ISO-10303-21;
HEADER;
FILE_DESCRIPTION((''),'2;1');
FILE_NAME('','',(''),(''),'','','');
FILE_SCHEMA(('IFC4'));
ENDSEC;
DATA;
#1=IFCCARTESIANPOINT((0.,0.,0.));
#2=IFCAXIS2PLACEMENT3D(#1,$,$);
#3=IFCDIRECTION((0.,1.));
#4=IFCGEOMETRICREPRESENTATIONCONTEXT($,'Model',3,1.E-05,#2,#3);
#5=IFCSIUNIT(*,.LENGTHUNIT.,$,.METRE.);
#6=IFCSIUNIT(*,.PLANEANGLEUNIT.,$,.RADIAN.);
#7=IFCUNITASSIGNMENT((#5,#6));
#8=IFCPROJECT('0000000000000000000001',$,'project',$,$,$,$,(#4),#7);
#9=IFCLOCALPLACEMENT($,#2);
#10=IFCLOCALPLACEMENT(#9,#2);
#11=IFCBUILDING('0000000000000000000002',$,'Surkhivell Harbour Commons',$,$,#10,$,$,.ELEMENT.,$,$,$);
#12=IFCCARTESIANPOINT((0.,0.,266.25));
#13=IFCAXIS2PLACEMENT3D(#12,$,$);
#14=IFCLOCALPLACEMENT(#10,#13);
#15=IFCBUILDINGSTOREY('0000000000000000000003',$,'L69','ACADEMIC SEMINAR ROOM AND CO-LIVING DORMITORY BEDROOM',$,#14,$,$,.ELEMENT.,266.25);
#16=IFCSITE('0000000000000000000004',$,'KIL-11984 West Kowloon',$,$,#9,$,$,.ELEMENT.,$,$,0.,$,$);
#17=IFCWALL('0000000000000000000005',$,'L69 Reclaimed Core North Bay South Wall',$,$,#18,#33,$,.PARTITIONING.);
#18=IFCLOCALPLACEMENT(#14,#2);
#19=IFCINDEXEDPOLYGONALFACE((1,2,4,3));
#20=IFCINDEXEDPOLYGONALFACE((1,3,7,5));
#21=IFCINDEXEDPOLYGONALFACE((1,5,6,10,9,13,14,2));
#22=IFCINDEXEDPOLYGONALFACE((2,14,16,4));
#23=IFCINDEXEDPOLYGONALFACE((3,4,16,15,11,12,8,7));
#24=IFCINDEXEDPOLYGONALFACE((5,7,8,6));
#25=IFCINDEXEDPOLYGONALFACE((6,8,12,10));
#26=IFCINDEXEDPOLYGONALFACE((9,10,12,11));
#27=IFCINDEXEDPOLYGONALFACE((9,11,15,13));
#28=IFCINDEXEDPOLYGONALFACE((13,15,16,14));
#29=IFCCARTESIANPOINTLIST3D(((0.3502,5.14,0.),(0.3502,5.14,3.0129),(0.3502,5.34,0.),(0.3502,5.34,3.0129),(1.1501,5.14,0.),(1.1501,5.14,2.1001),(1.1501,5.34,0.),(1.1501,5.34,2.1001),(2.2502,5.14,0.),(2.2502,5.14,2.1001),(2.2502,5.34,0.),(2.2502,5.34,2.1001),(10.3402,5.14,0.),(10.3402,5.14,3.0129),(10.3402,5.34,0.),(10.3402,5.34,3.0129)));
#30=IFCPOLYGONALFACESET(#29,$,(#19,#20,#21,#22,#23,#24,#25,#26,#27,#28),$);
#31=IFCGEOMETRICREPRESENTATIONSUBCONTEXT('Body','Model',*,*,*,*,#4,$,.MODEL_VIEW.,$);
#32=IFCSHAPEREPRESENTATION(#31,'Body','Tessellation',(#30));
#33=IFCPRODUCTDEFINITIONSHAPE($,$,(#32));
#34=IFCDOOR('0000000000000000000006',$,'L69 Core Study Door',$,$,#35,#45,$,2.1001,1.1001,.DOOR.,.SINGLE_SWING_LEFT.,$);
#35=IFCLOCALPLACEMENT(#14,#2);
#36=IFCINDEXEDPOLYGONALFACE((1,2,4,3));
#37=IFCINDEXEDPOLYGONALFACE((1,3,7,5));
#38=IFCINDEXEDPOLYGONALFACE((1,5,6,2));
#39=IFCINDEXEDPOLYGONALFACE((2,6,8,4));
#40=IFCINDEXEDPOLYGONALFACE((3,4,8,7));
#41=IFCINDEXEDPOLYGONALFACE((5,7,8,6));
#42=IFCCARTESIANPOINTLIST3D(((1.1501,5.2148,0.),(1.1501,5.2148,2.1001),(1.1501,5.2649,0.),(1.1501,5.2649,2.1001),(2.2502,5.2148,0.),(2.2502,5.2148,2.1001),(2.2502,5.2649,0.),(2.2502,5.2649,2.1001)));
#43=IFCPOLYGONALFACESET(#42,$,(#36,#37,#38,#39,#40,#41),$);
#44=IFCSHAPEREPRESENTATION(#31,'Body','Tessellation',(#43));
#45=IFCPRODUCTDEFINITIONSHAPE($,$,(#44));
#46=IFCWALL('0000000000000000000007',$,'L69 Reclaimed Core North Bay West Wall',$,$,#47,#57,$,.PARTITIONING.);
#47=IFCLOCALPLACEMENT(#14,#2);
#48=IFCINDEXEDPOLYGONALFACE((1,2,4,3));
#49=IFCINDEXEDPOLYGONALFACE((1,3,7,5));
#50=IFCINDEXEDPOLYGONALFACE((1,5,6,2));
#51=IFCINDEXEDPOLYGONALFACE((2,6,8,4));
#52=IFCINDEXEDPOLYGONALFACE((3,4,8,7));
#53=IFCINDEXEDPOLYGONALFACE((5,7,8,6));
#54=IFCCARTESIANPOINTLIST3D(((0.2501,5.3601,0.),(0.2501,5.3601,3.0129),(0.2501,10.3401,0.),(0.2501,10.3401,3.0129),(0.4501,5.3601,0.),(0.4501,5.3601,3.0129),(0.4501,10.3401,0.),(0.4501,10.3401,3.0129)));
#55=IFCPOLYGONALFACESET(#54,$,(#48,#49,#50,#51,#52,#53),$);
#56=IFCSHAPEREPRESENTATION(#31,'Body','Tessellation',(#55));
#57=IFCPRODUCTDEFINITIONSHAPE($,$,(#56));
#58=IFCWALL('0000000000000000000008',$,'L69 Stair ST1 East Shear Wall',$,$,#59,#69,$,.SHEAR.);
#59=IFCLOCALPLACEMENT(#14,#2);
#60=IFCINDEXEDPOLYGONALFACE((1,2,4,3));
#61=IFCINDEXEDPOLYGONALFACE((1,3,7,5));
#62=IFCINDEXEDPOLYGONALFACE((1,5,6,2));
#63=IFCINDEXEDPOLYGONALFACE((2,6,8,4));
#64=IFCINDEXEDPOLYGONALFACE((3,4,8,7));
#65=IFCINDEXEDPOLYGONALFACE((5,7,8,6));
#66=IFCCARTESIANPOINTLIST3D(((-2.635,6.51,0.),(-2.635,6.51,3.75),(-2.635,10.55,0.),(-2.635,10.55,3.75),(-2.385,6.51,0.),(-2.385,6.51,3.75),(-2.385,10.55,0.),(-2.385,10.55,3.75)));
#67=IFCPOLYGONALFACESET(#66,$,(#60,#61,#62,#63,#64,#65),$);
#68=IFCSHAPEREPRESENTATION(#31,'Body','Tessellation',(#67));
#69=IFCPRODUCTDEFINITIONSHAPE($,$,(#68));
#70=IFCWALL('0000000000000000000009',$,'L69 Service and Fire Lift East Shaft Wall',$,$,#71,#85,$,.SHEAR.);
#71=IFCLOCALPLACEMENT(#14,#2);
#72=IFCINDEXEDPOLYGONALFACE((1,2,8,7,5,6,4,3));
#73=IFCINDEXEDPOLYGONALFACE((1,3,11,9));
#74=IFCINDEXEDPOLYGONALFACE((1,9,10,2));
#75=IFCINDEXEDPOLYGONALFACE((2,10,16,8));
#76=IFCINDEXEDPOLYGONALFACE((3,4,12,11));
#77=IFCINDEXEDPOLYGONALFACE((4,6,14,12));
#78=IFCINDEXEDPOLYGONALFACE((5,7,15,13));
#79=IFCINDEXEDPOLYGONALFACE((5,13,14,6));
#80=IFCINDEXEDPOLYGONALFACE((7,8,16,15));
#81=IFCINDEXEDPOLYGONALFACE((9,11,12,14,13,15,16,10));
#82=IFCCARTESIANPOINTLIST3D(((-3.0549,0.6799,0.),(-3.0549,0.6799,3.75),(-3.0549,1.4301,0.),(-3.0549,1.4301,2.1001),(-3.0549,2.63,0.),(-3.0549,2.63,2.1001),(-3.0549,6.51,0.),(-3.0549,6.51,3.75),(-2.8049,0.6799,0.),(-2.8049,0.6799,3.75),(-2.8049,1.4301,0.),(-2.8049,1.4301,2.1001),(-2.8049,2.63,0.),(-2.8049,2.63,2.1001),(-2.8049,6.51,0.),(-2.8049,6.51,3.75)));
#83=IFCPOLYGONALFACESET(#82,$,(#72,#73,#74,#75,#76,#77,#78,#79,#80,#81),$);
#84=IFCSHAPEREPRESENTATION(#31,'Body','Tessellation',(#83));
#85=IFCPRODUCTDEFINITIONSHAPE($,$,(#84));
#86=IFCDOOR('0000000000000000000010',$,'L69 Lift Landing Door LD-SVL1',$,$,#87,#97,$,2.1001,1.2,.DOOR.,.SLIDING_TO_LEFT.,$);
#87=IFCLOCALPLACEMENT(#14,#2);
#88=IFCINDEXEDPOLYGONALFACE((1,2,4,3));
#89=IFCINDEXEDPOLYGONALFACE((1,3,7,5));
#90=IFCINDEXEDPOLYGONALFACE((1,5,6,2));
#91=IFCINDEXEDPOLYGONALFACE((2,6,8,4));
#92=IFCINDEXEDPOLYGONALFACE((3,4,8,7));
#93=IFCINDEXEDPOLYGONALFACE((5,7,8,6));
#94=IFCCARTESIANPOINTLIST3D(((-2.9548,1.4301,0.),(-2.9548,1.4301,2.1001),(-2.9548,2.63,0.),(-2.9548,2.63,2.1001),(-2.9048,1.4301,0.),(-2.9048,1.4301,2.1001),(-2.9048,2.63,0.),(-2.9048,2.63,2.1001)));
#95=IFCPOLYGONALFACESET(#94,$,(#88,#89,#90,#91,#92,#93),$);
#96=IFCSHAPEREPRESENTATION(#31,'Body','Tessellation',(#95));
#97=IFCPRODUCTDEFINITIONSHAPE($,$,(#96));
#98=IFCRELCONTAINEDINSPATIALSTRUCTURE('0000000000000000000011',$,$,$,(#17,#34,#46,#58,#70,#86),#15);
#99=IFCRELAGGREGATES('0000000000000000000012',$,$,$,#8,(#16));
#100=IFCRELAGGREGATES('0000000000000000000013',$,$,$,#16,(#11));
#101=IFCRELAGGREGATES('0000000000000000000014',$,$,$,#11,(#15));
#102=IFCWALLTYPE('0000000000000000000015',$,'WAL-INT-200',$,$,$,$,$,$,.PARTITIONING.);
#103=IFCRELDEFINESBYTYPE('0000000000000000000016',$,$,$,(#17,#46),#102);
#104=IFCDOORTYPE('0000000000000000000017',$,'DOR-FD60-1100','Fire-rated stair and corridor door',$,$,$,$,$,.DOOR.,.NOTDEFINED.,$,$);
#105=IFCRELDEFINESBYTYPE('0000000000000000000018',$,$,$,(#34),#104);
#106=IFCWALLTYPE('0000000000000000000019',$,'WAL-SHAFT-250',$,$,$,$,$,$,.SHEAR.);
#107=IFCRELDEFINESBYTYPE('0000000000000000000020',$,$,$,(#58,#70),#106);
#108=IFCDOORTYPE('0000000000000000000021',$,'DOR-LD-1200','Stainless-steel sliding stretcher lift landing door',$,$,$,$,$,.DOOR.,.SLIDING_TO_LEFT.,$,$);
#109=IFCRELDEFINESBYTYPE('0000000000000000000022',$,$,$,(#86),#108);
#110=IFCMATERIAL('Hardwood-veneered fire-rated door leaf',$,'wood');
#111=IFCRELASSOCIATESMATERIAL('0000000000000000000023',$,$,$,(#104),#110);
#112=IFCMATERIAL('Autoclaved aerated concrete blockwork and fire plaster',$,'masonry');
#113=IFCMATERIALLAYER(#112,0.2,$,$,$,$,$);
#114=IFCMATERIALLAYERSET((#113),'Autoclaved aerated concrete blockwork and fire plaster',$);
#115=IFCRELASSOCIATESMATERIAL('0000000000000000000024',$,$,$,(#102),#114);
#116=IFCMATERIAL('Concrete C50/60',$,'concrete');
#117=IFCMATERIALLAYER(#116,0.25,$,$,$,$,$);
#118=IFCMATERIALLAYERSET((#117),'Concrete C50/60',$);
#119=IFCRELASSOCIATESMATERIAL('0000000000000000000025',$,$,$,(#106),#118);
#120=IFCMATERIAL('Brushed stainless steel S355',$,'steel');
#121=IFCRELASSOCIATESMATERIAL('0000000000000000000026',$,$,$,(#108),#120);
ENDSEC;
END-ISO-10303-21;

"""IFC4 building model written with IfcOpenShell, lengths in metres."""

from ifc_helpers import new_model, si_unit, direction, frame, frame_2d, origin, place, context, subcontext, project, spatial, rectangle, extrude, material, layer, layer_set, type_object, element, fill, save


model = new_model("IFC4")

# Units and contexts
model_context = context("Model", 3, precision=1e-05, world=origin(), true_north=direction((0.0, 1.0)))
body_context = subcontext(model_context, "Body", "Model", "MODEL_VIEW")
ifc_project = project(units=[si_unit("LENGTHUNIT", "METRE"), si_unit("PLANEANGLEUNIT", "RADIAN")], contexts=[model_context])

# Site, building, storey
site_placement = place(None, origin())
site = spatial("IfcSite", under=ifc_project, at=site_placement, Name="KIL-11984 West Kowloon", CompositionType="ELEMENT", RefElevation=0.0)
building_placement = place(site_placement, origin())
building = spatial("IfcBuilding", under=site, at=building_placement, Name="Surkhivell Harbour Commons", CompositionType="ELEMENT")
storey_placement = place(building_placement, frame((0.0, 0.0, 266.25)))
storey = spatial("IfcBuildingStorey", under=building, at=storey_placement, Name="L69", Description="ACADEMIC SEMINAR ROOM AND CO-LIVING DORMITORY BEDROOM", CompositionType="ELEMENT", Elevation=266.25)

# Shared definitions
ifc_material_1 = material(Name="Concrete C50/60", Category="concrete")
ifc_material_2 = material(Name="Hardwood-veneered fire-rated door leaf", Category="wood")
door_type_1 = type_object("IfcDoorType", Name="DOR-FD60-1100", Description="Fire-rated stair and corridor door", OperationType="NOTDEFINED", PredefinedType="DOOR", material=ifc_material_2)

# Wall, opening, door
ifc_material_3 = material(Name="Autoclaved aerated concrete blockwork and fire plaster", Category="masonry")
ifc_layer_1 = layer(ifc_material_3, 0.2)
ifc_layer_set_1 = layer_set([ifc_layer_1], Name="Autoclaved aerated concrete blockwork and fire plaster")
wall_type_1 = type_object("IfcWallType", Name="WAL-INT-200", PredefinedType="PARTITIONING", material=ifc_layer_set_1)
wall_1_placement = place(storey_placement, frame((0.3501, 5.24, 0.0), z_axis=(0.0, 0.0, 1.0), x_axis=(1.0, 0.0, 0.0)))
wall_1 = element("IfcWall", 1, at=wall_1_placement, inside=storey, type_object=wall_type_1, Name="L69 Reclaimed Core North Bay South Wall", PredefinedType="PARTITIONING", context=body_context, shape_type="SweptSolid", body=[
    extrude(rectangle(XDim=9.99, YDim=0.2, at=frame_2d((4.9951, 0.0))), origin(), (0.0, 0.0, 1.0), 3.0129),
])
opening_1_placement = place(wall_1_placement, frame((0.8, 0.0, 0.0)))
opening_1 = element("IfcOpeningElement", 2, at=opening_1_placement, cuts=wall_1, PredefinedType="OPENING", context=body_context, shape_type="SweptSolid", body=[
    extrude(rectangle(XDim=1.1001, YDim=2.1001, at=frame_2d((0.55, 1.05))), frame((0.0, 0.1099, 0.0), z_axis=(0.0, -1.0, 0.0), x_axis=(1.0, 0.0, 0.0)), (0.0, 0.0, 1.0), 0.22),
])
door_1_placement = place(opening_1_placement, origin())
door_1 = element("IfcDoor", 3, at=door_1_placement, inside=storey, type_object=door_type_1, Name="L69 Core Study Door", OperationType="SINGLE_SWING_LEFT", OverallHeight=2.1001, OverallWidth=1.1001, PredefinedType="DOOR", context=body_context, shape_type="SweptSolid", body=[
    extrude(rectangle(XDim=1.1001, YDim=2.1001, at=frame_2d((0.55, 1.05))), frame((0.0, 0.0249, 0.0), z_axis=(0.0, -1.0, 0.0), x_axis=(1.0, 0.0, 0.0)), (0.0, 0.0, 1.0), 0.05),
])
fill(opening_1, door_1)

# Walls
wall_2_placement = place(storey_placement, frame((0.3501, 5.3601, 0.0), z_axis=(0.0, 0.0, 1.0), x_axis=(0.0, 1.0, 0.0)))
element("IfcWall", 4, at=wall_2_placement, inside=storey, type_object=wall_type_1, Name="L69 Reclaimed Core North Bay West Wall", PredefinedType="PARTITIONING", context=body_context, shape_type="SweptSolid", body=[
    extrude(rectangle(XDim=4.98, YDim=0.2, at=frame_2d((2.49, 0.0))), origin(), (0.0, 0.0, 1.0), 3.0129),
])
ifc_layer_2 = layer(ifc_material_1, 0.25)
ifc_layer_set_2 = layer_set([ifc_layer_2], Name="Concrete C50/60")
wall_type_2 = type_object("IfcWallType", Name="WAL-SHAFT-250", PredefinedType="SHEAR", material=ifc_layer_set_2)
wall_3_placement = place(storey_placement, frame((-2.51, 6.51, 0.0), z_axis=(0.0, 0.0, 1.0), x_axis=(0.0, 1.0, 0.0)))
element("IfcWall", 5, at=wall_3_placement, inside=storey, type_object=wall_type_2, Name="L69 Stair ST1 East Shear Wall", PredefinedType="SHEAR", context=body_context, shape_type="SweptSolid", body=[
    extrude(rectangle(XDim=4.04, YDim=0.25, at=frame_2d((2.02, 0.0))), origin(), (0.0, 0.0, 1.0), 3.75),
])

# Wall, opening, door
wall_4_placement = place(storey_placement, frame((-2.9299, 0.6799, 0.0), z_axis=(0.0, 0.0, 1.0), x_axis=(0.0, 1.0, 0.0)))
wall_4 = element("IfcWall", 6, at=wall_4_placement, inside=storey, type_object=wall_type_2, Name="L69 Service and Fire Lift East Shaft Wall", PredefinedType="SHEAR", context=body_context, shape_type="SweptSolid", body=[
    extrude(rectangle(XDim=5.8301, YDim=0.25, at=frame_2d((2.915, 0.0))), origin(), (0.0, 0.0, 1.0), 3.75),
])
opening_2_placement = place(wall_4_placement, frame((0.75, 0.0, 0.0)))
opening_2 = element("IfcOpeningElement", 7, at=opening_2_placement, cuts=wall_4, PredefinedType="OPENING", context=body_context, shape_type="SweptSolid", body=[
    extrude(rectangle(XDim=1.2, YDim=2.1001, at=frame_2d((0.6001, 1.05))), frame((0.0, 0.135, 0.0), z_axis=(0.0, -1.0, 0.0), x_axis=(1.0, 0.0, 0.0)), (0.0, 0.0, 1.0), 0.27),
])
ifc_material_4 = material(Name="Brushed stainless steel S355", Category="steel")
door_type_2 = type_object("IfcDoorType", Name="DOR-LD-1200", Description="Stainless-steel sliding stretcher lift landing door", OperationType="SLIDING_TO_LEFT", PredefinedType="DOOR", material=ifc_material_4)
door_2_placement = place(opening_2_placement, origin())
door_2 = element("IfcDoor", 8, at=door_2_placement, inside=storey, type_object=door_type_2, Name="L69 Lift Landing Door LD-SVL1", OperationType="SLIDING_TO_LEFT", OverallHeight=2.1001, OverallWidth=1.2, PredefinedType="DOOR", context=body_context, shape_type="SweptSolid", body=[
    extrude(rectangle(XDim=1.2, YDim=2.1001, at=frame_2d((0.6001, 1.05))), frame((0.0, 0.0249, 0.0), z_axis=(0.0, -1.0, 0.0), x_axis=(1.0, 0.0, 0.0)), (0.0, 0.0, 1.0), 0.05),
])
fill(opening_2, door_2)

save(model, "model.ifc")
